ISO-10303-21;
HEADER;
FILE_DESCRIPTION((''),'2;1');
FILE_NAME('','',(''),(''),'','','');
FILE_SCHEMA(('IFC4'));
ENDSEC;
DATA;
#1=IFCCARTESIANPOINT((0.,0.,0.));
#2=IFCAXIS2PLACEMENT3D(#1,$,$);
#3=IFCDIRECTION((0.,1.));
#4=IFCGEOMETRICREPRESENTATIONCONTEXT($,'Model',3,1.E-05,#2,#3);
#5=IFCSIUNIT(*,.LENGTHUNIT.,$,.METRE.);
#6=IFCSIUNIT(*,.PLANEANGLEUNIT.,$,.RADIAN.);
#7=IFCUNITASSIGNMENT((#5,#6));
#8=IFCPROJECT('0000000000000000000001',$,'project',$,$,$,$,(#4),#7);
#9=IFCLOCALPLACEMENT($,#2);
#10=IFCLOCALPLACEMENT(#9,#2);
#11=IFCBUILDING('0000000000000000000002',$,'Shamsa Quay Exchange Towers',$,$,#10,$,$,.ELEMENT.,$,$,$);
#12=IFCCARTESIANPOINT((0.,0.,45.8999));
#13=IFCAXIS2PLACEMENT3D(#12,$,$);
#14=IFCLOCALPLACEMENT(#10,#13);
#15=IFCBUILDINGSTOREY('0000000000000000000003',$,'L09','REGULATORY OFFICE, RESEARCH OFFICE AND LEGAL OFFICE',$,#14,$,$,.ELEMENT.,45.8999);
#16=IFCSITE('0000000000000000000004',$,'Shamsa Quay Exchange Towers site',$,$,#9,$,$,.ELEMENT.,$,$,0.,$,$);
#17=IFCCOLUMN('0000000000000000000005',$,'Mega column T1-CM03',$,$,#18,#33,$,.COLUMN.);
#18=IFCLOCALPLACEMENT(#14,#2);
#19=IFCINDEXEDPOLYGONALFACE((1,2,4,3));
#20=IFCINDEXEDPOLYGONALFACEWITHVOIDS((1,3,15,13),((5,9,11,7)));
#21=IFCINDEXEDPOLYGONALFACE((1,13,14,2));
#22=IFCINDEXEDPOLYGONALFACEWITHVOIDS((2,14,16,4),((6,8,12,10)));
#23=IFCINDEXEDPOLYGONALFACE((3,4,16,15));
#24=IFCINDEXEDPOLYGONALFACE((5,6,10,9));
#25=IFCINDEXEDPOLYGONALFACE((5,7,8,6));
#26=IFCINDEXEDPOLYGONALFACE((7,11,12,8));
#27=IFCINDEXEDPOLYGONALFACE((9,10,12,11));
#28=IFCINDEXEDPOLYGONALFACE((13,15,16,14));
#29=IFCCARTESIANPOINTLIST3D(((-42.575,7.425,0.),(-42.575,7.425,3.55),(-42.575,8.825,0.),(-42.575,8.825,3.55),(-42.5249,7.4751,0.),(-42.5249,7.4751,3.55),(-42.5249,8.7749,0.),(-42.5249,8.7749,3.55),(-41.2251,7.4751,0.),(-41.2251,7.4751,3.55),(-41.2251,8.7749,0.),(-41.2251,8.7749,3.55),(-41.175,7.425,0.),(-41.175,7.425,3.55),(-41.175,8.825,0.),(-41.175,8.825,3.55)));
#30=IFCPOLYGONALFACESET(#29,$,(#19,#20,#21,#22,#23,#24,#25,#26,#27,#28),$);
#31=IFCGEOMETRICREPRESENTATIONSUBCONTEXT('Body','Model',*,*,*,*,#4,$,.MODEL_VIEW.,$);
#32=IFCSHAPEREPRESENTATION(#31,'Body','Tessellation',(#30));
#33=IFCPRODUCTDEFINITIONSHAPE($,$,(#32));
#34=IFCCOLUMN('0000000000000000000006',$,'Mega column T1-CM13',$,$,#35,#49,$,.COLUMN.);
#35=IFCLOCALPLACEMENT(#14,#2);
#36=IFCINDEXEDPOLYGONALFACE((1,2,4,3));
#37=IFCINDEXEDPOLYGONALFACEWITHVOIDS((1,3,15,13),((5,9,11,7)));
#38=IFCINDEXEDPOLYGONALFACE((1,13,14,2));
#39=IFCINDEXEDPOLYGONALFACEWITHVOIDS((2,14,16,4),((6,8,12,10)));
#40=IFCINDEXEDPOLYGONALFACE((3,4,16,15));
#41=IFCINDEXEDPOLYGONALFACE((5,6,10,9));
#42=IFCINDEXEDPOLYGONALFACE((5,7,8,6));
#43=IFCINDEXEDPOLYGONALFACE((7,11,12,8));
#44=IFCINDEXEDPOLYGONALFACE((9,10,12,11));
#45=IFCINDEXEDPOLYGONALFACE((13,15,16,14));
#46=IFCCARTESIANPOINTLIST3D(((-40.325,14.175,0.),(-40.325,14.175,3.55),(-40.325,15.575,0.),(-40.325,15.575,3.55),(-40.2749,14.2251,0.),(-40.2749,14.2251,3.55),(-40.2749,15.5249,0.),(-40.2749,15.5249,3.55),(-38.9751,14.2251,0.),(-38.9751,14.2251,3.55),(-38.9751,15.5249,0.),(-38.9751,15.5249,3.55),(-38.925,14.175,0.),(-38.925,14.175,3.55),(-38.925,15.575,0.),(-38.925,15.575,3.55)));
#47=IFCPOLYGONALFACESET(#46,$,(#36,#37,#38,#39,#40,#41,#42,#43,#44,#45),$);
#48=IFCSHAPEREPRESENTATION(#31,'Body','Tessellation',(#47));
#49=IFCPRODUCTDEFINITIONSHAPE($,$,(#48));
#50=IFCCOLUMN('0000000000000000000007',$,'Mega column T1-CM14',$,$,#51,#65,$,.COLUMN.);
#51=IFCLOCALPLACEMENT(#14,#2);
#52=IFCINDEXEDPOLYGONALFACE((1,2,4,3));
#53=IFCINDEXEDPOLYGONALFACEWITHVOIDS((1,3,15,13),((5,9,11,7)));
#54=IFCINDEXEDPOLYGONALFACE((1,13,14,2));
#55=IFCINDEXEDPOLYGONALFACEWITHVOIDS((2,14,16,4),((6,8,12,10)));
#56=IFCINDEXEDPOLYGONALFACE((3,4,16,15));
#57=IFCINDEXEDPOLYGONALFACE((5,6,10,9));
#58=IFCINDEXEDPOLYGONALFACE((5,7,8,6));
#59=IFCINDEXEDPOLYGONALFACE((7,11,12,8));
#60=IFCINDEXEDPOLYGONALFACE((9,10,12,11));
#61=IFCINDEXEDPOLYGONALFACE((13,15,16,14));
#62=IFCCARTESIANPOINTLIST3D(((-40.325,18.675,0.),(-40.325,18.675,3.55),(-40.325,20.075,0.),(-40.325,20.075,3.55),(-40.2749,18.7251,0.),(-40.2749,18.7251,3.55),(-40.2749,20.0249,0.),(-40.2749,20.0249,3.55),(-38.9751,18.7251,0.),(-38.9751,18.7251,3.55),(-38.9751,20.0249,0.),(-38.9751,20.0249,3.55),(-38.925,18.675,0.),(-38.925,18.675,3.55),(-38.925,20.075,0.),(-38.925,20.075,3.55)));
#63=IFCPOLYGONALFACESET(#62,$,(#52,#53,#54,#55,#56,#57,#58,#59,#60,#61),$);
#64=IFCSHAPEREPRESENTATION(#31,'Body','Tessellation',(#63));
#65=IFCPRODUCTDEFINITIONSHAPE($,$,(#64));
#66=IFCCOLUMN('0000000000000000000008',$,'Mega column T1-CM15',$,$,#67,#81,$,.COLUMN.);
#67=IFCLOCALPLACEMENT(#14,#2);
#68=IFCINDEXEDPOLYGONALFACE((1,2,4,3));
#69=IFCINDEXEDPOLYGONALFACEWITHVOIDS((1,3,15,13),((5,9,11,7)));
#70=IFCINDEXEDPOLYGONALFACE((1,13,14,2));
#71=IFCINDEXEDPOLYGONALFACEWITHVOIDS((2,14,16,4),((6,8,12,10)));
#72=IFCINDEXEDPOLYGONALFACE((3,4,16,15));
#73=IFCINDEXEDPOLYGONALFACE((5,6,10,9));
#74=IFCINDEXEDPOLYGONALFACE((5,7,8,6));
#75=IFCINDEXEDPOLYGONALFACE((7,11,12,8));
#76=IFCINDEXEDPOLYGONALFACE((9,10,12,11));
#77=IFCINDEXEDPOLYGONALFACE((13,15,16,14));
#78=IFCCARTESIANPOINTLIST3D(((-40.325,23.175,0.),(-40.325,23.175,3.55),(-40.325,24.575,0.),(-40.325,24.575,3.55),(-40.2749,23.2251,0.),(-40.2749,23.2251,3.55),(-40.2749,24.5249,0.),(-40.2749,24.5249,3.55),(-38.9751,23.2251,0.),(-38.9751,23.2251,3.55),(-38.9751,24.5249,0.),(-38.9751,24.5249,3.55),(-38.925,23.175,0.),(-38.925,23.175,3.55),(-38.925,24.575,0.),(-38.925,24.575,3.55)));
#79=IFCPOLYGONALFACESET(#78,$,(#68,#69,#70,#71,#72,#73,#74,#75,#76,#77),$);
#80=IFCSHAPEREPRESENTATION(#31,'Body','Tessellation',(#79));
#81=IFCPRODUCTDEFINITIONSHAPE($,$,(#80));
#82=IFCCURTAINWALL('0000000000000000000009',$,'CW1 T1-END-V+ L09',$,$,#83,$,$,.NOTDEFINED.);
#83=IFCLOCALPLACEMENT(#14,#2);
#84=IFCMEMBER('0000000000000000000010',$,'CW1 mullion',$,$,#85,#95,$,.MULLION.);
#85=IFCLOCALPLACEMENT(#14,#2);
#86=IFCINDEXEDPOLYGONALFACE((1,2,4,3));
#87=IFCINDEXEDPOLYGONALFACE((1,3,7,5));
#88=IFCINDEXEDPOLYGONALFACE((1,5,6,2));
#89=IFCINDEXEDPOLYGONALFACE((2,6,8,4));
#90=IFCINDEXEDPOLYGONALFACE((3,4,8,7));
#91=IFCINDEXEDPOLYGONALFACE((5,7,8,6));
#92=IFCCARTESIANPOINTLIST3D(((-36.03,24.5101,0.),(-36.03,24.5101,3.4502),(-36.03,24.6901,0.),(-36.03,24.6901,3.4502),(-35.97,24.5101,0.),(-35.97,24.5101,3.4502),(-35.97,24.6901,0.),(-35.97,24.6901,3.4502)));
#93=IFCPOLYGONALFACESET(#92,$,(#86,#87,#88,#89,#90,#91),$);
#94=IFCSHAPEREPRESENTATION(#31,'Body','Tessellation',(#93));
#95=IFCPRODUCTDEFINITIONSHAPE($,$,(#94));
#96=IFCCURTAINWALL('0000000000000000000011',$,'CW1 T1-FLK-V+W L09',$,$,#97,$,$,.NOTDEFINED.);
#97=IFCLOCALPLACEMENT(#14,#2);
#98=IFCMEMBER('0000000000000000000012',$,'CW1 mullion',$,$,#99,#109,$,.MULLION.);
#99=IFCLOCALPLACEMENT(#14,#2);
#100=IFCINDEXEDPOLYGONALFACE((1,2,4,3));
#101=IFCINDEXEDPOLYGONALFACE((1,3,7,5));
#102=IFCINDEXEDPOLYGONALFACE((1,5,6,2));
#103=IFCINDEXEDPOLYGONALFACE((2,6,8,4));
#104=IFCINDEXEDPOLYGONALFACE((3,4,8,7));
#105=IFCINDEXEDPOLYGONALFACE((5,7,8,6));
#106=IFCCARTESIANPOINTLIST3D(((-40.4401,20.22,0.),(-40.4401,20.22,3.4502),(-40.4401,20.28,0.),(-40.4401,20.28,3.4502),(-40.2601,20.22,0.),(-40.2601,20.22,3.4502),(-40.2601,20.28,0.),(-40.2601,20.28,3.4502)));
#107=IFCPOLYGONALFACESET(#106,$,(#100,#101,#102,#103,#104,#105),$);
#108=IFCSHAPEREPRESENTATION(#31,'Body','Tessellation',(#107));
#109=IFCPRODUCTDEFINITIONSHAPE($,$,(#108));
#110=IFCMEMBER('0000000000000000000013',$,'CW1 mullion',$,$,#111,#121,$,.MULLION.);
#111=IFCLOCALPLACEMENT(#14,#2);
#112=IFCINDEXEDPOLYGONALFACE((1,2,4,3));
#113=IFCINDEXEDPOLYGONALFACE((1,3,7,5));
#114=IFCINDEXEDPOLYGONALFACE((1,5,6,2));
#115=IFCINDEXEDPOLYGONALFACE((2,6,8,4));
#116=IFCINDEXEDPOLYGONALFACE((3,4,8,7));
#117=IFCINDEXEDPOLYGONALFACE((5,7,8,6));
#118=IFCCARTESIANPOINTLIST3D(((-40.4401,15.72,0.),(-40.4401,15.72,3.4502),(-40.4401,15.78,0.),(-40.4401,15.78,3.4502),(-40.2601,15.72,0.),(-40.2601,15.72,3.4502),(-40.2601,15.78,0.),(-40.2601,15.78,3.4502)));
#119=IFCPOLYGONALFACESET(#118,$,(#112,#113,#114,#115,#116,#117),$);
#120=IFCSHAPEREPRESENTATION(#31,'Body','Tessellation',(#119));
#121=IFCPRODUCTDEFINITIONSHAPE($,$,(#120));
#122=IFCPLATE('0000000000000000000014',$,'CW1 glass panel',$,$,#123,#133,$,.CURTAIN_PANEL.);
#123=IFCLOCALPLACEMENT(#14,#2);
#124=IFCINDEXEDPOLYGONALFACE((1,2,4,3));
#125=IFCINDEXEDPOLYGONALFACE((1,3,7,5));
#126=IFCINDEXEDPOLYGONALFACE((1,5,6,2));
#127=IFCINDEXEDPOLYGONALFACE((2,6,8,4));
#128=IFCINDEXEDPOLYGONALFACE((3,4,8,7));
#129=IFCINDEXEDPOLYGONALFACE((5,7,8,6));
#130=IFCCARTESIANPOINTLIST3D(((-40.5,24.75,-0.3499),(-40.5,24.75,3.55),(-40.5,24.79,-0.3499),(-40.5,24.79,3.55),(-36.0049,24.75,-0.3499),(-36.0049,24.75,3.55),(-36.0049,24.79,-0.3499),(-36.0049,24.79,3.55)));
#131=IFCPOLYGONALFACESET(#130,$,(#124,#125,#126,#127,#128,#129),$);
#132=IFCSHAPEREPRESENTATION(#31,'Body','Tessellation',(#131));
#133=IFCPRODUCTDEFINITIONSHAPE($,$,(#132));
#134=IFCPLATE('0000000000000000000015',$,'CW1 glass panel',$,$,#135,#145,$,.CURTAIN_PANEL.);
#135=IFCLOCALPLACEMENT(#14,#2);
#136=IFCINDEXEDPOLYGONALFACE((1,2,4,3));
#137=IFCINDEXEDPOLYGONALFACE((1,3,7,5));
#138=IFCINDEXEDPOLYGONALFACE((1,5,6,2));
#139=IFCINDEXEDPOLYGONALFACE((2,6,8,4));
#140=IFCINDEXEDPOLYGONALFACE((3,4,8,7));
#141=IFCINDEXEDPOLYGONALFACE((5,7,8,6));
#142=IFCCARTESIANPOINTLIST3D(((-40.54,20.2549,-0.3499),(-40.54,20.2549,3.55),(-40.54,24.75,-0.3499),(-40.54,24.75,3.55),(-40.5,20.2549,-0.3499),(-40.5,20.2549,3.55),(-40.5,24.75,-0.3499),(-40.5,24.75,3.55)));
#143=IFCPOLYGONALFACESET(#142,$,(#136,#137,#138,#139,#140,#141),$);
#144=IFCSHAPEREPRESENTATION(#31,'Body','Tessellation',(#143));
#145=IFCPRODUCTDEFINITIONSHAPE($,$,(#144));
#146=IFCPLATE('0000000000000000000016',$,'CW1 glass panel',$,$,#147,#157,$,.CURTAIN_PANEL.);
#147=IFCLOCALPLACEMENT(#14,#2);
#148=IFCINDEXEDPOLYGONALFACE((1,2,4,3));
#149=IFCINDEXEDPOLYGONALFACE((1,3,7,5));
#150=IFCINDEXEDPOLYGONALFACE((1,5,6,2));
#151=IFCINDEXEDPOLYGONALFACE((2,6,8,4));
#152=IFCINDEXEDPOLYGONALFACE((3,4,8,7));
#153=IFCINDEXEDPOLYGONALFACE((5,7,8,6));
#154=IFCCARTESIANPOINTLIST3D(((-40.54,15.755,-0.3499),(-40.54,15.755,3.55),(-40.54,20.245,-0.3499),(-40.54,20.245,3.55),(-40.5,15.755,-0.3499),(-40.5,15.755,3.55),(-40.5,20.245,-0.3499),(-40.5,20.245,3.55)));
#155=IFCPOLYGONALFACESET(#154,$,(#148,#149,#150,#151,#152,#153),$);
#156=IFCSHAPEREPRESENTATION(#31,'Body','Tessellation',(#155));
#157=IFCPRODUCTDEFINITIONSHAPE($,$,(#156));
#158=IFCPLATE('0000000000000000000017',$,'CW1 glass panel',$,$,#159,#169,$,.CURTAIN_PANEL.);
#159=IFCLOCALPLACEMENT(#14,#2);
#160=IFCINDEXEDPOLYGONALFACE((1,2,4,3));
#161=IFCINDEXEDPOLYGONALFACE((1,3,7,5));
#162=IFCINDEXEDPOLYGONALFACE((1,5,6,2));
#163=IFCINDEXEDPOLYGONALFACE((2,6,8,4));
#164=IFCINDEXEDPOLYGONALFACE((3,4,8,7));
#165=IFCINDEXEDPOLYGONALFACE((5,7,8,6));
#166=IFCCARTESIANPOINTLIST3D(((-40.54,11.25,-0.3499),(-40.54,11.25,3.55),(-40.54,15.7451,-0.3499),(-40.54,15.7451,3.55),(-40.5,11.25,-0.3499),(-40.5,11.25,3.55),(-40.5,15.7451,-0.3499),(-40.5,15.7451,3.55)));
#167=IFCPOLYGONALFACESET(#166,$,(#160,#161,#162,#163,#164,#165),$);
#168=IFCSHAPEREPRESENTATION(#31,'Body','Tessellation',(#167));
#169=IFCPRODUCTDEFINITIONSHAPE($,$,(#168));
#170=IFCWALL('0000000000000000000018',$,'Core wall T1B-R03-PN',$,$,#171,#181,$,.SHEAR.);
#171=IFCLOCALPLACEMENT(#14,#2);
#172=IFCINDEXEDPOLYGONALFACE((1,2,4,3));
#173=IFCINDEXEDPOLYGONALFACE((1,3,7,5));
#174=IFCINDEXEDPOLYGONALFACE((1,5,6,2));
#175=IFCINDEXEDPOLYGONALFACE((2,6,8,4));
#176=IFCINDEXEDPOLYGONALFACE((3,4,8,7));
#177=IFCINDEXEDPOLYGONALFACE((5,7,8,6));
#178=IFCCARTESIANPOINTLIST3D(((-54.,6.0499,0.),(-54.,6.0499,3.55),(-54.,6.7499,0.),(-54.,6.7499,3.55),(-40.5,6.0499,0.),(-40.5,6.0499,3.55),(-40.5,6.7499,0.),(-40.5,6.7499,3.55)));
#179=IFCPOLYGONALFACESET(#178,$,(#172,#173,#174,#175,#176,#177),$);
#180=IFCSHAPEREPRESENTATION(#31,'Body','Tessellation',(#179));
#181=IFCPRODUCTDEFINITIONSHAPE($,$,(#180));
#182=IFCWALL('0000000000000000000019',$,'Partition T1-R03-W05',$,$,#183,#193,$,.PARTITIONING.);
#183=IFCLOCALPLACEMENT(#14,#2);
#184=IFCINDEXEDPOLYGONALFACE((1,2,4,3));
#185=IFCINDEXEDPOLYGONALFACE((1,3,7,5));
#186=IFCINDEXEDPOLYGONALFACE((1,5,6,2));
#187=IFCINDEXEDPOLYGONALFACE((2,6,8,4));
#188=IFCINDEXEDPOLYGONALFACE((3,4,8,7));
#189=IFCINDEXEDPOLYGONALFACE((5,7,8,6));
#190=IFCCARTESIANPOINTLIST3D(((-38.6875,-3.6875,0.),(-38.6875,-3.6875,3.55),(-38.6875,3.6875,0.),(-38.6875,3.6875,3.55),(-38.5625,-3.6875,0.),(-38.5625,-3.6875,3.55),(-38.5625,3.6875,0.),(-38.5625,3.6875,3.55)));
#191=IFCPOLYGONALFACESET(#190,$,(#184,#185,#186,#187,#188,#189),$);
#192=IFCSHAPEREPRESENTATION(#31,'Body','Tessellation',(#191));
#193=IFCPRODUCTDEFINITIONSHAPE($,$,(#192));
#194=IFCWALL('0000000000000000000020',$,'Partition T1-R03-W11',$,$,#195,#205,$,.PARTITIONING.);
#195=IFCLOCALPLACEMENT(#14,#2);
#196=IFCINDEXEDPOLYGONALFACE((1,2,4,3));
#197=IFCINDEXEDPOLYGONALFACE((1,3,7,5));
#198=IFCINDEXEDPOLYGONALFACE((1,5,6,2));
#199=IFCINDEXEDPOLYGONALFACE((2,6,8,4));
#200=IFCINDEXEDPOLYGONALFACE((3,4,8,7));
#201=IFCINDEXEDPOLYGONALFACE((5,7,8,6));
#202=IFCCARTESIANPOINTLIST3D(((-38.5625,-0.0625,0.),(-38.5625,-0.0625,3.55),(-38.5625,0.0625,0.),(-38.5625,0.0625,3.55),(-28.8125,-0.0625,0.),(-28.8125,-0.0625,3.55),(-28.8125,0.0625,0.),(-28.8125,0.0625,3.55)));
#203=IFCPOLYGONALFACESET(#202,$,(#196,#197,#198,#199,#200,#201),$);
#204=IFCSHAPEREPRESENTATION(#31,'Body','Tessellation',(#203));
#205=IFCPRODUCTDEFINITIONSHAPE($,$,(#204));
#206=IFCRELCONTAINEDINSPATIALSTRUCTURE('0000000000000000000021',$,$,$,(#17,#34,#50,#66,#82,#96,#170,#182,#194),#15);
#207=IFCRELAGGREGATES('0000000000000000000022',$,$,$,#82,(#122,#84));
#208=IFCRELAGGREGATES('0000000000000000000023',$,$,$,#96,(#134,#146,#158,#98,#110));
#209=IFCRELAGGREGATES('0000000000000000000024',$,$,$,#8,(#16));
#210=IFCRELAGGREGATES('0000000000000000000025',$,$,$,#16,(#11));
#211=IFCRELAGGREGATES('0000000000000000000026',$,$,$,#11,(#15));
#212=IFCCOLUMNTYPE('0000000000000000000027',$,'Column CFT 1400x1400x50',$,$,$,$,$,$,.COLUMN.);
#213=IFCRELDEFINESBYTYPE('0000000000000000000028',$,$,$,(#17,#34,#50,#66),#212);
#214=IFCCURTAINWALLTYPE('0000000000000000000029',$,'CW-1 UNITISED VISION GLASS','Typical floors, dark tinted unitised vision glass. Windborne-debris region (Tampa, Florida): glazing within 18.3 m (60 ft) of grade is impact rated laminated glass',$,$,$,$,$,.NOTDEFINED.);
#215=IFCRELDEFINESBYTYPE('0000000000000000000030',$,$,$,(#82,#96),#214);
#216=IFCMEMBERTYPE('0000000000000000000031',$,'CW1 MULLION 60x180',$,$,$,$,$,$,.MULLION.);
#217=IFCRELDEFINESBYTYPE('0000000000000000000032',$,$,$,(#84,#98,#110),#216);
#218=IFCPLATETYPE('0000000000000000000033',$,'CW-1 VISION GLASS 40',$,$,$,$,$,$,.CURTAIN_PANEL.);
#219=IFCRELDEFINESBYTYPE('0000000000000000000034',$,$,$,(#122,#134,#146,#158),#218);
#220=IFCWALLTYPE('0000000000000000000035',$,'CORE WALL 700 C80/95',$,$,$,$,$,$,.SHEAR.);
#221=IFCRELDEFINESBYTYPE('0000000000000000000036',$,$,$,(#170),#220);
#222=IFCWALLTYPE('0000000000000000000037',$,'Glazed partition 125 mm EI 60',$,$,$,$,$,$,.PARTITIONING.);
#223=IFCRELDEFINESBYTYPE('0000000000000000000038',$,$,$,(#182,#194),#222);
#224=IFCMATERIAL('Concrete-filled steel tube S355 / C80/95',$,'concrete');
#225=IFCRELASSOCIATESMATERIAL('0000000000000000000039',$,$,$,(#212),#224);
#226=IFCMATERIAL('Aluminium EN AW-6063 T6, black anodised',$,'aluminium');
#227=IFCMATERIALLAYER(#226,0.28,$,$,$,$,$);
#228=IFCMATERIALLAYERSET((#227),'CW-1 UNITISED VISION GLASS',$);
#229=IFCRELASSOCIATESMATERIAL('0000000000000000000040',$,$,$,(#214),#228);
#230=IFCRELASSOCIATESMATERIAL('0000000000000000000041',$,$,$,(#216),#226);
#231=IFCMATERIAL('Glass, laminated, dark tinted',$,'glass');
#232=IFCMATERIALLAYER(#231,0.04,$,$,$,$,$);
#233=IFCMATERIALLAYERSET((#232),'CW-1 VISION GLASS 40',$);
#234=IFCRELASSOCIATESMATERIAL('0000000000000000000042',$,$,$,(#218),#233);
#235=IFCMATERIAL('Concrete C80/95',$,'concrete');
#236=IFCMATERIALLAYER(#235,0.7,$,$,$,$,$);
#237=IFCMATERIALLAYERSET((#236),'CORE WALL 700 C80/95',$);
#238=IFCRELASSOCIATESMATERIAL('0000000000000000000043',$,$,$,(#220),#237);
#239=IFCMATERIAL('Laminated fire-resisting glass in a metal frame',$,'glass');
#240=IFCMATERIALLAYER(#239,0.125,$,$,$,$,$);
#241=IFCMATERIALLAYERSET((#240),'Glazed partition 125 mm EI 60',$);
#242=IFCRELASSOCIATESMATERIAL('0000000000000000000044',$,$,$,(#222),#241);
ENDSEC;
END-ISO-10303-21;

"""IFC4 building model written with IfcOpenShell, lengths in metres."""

from ifc_helpers import new_model, si_unit, direction, frame, frame_2d, origin, origin_2d, place, context, subcontext, project, spatial, rectangle, hollow_rectangle, extrude, material, layer, layer_set, material_profile, profile_set, type_object, element, aggregate, save


model = new_model("IFC4")

# Units and contexts
model_context = context("Model", 3, precision=1e-05, world=origin(), true_north=direction((0.0, 1.0)))
body_context = subcontext(model_context, "Body", "Model", "MODEL_VIEW")
ifc_project = project(units=[si_unit("LENGTHUNIT", "METRE"), si_unit("PLANEANGLEUNIT", "RADIAN")], contexts=[model_context])

# Site, building, storey
site_placement = place(None, origin())
site = spatial("IfcSite", under=ifc_project, at=site_placement, Name="Shamsa Quay Exchange Towers site", CompositionType="ELEMENT", RefElevation=0.0)
building_placement = place(site_placement, origin())
building = spatial("IfcBuilding", under=site, at=building_placement, Name="Shamsa Quay Exchange Towers", CompositionType="ELEMENT")
storey_placement = place(building_placement, frame((0.0, 0.0, 45.8999)))
storey = spatial("IfcBuildingStorey", under=building, at=storey_placement, Name="L09", Description="REGULATORY OFFICE, RESEARCH OFFICE AND LEGAL OFFICE", CompositionType="ELEMENT", Elevation=45.8999)

# Columns
ifc_material_1 = material(Name="Concrete-filled steel tube S355 / C80/95", Category="concrete")
ifc_material_profile_1 = material_profile(ifc_material_1, hollow_rectangle(XDim=1.3999, YDim=1.3999, WallThickness=0.05, at=origin_2d()), Name="CFT 1400x1400x50")
ifc_profile_set_1 = profile_set([ifc_material_profile_1], Name="Concrete-filled steel tube S355 / C80/95")
column_type = type_object("IfcColumnType", Name="Column CFT 1400x1400x50", PredefinedType="COLUMN", material=ifc_profile_set_1)
for number, where, name in (
    (1, (-41.875, 8.125, 0.0), "Mega column T1-CM03"),
    (2, (-39.625, 14.875, 0.0), "Mega column T1-CM13"),
    (3, (-39.625, 19.375, 0.0), "Mega column T1-CM14"),
    (4, (-39.625, 23.875, 0.0), "Mega column T1-CM15"),
):
    element("IfcColumn", number, at=place(storey_placement, frame(where)), inside=storey, type_object=column_type, Name=name, PredefinedType="COLUMN", context=body_context, shape_type="SweptSolid", body=[
        extrude(hollow_rectangle(XDim=1.3999, YDim=1.3999, WallThickness=0.05, at=origin_2d()), origin(), (0.0, 0.0, 1.0), 3.55),
    ])

# Curtain wall, member
ifc_material_2 = material(Name="Aluminium EN AW-6063 T6, black anodised", Category="aluminium")
ifc_layer_1 = layer(ifc_material_2, 0.28)
ifc_layer_set_1 = layer_set([ifc_layer_1], Name="CW-1 UNITISED VISION GLASS")
curtain_wall_type = type_object("IfcCurtainWallType", Name="CW-1 UNITISED VISION GLASS", Description="Typical floors, dark tinted unitised vision glass. Windborne-debris region (Tampa, Florida): glazing within 18.3 m (60 ft) of grade is impact rated laminated glass", PredefinedType="NOTDEFINED", material=ifc_layer_set_1)
curtain_wall_1_placement = place(storey_placement, origin())
curtain_wall_1 = element("IfcCurtainWall", 5, at=curtain_wall_1_placement, inside=storey, type_object=curtain_wall_type, Name="CW1 T1-END-V+ L09", PredefinedType="NOTDEFINED")
ifc_material_profile_2 = material_profile(ifc_material_2, rectangle(XDim=0.1799, YDim=0.0601, at=origin_2d()), Name="MU60x180")
ifc_profile_set_2 = profile_set([ifc_material_profile_2], Name="Aluminium EN AW-6063 T6, black anodised")
member_type = type_object("IfcMemberType", Name="CW1 MULLION 60x180", PredefinedType="MULLION", material=ifc_profile_set_2)
member_1_placement = place(storey_placement, frame((-36.0, 24.6001, 0.0), z_axis=(0.0, 0.0, 1.0), x_axis=(0.0, -1.0, 0.0)))
member_1 = element("IfcMember", 6, at=member_1_placement, type_object=member_type, Name="CW1 mullion", PredefinedType="MULLION", context=body_context, shape_type="SweptSolid", body=[
    extrude(rectangle(XDim=0.1799, YDim=0.0601, at=origin_2d()), origin(), (0.0, 0.0, 1.0), 3.4502),
])

# Curtain wall, members
curtain_wall_2_placement = place(storey_placement, origin())
curtain_wall_2 = element("IfcCurtainWall", 7, at=curtain_wall_2_placement, inside=storey, type_object=curtain_wall_type, Name="CW1 T1-FLK-V+W L09", PredefinedType="NOTDEFINED")
member_2_placement = place(storey_placement, frame((-40.3501, 20.25, 0.0)))
member_2 = element("IfcMember", 8, at=member_2_placement, type_object=member_type, Name="CW1 mullion", PredefinedType="MULLION", context=body_context, shape_type="SweptSolid", body=[
    extrude(rectangle(XDim=0.1799, YDim=0.0601, at=origin_2d()), origin(), (0.0, 0.0, 1.0), 3.4502),
])
member_3_placement = place(storey_placement, frame((-40.3501, 15.75, 0.0)))
member_3 = element("IfcMember", 9, at=member_3_placement, type_object=member_type, Name="CW1 mullion", PredefinedType="MULLION", context=body_context, shape_type="SweptSolid", body=[
    extrude(rectangle(XDim=0.1799, YDim=0.0601, at=origin_2d()), origin(), (0.0, 0.0, 1.0), 3.4502),
])

# Plates
ifc_material_3 = material(Name="Glass, laminated, dark tinted", Category="glass")
ifc_layer_2 = layer(ifc_material_3, 0.04)
ifc_layer_set_2 = layer_set([ifc_layer_2], Name="CW-1 VISION GLASS 40")
plate_type = type_object("IfcPlateType", Name="CW-1 VISION GLASS 40", PredefinedType="CURTAIN_PANEL", material=ifc_layer_set_2)
plate_1_placement = place(storey_placement, frame((-38.2524, 24.77, -0.3499), z_axis=(0.0, 0.0, 1.0), x_axis=(-1.0, 0.0, 0.0)))
plate_1 = element("IfcPlate", 10, at=plate_1_placement, type_object=plate_type, Name="CW1 glass panel", PredefinedType="CURTAIN_PANEL", context=body_context, shape_type="SweptSolid", body=[
    extrude(rectangle(XDim=4.4951, YDim=0.04, at=origin_2d()), origin(), (0.0, 0.0, 1.0), 3.8999),
])
aggregate(curtain_wall_1, [plate_1, member_1])
plate_2_placement = place(storey_placement, frame((-40.52, 22.5024, -0.3499), z_axis=(0.0, 0.0, 1.0), x_axis=(0.0, -1.0, 0.0)))
plate_2 = element("IfcPlate", 11, at=plate_2_placement, type_object=plate_type, Name="CW1 glass panel", PredefinedType="CURTAIN_PANEL", context=body_context, shape_type="SweptSolid", body=[
    extrude(rectangle(XDim=4.4951, YDim=0.04, at=origin_2d()), origin(), (0.0, 0.0, 1.0), 3.8999),
])
plate_3_placement = place(storey_placement, frame((-40.52, 18.0, -0.3499), z_axis=(0.0, 0.0, 1.0), x_axis=(0.0, -1.0, 0.0)))
plate_3 = element("IfcPlate", 12, at=plate_3_placement, type_object=plate_type, Name="CW1 glass panel", PredefinedType="CURTAIN_PANEL", context=body_context, shape_type="SweptSolid", body=[
    extrude(rectangle(XDim=4.49, YDim=0.04, at=origin_2d()), origin(), (0.0, 0.0, 1.0), 3.8999),
])
plate_4_placement = place(storey_placement, frame((-40.52, 13.4976, -0.3499), z_axis=(0.0, 0.0, 1.0), x_axis=(0.0, -1.0, 0.0)))
plate_4 = element("IfcPlate", 13, at=plate_4_placement, type_object=plate_type, Name="CW1 glass panel", PredefinedType="CURTAIN_PANEL", context=body_context, shape_type="SweptSolid", body=[
    extrude(rectangle(XDim=4.4951, YDim=0.04, at=origin_2d()), origin(), (0.0, 0.0, 1.0), 3.8999),
])
aggregate(curtain_wall_2, [plate_2, plate_3, plate_4, member_2, member_3])

# Walls
ifc_material_4 = material(Name="Concrete C80/95", Category="concrete")
ifc_layer_3 = layer(ifc_material_4, 0.7)
ifc_layer_set_3 = layer_set([ifc_layer_3], Name="CORE WALL 700 C80/95")
wall_type_1 = type_object("IfcWallType", Name="CORE WALL 700 C80/95", PredefinedType="SHEAR", material=ifc_layer_set_3)
wall_1_placement = place(storey_placement, frame((-40.5, 6.3999, 0.0), z_axis=(0.0, 0.0, 1.0), x_axis=(-1.0, 0.0, 0.0)))
element("IfcWall", 14, at=wall_1_placement, inside=storey, type_object=wall_type_1, Name="Core wall T1B-R03-PN", PredefinedType="SHEAR", context=body_context, shape_type="SweptSolid", body=[
    extrude(rectangle(XDim=13.5, YDim=0.7, at=frame_2d((6.75, 0.0))), origin(), (0.0, 0.0, 1.0), 3.55),
])
ifc_material_5 = material(Name="Laminated fire-resisting glass in a metal frame", Category="glass")
ifc_layer_4 = layer(ifc_material_5, 0.125)
ifc_layer_set_4 = layer_set([ifc_layer_4], Name="Glazed partition 125 mm EI 60")
wall_type_2 = type_object("IfcWallType", Name="Glazed partition 125 mm EI 60", PredefinedType="PARTITIONING", material=ifc_layer_set_4)
wall_2_placement = place(storey_placement, frame((-38.625, 3.6875, 0.0), z_axis=(0.0, 0.0, 1.0), x_axis=(0.0, -1.0, 0.0)))
element("IfcWall", 15, at=wall_2_placement, inside=storey, type_object=wall_type_2, Name="Partition T1-R03-W05", PredefinedType="PARTITIONING", context=body_context, shape_type="SweptSolid", body=[
    extrude(rectangle(XDim=7.375, YDim=0.125, at=frame_2d((3.6875, 0.0))), origin(), (0.0, 0.0, 1.0), 3.55),
])
wall_3_placement = place(storey_placement, frame((-38.5625, 0.0, 0.0)))
element("IfcWall", 16, at=wall_3_placement, inside=storey, type_object=wall_type_2, Name="Partition T1-R03-W11", PredefinedType="PARTITIONING", context=body_context, shape_type="SweptSolid", body=[
    extrude(rectangle(XDim=9.75, YDim=0.125, at=frame_2d((4.875, 0.0))), origin(), (0.0, 0.0, 1.0), 3.55),
])

save(model, "model.ifc")
